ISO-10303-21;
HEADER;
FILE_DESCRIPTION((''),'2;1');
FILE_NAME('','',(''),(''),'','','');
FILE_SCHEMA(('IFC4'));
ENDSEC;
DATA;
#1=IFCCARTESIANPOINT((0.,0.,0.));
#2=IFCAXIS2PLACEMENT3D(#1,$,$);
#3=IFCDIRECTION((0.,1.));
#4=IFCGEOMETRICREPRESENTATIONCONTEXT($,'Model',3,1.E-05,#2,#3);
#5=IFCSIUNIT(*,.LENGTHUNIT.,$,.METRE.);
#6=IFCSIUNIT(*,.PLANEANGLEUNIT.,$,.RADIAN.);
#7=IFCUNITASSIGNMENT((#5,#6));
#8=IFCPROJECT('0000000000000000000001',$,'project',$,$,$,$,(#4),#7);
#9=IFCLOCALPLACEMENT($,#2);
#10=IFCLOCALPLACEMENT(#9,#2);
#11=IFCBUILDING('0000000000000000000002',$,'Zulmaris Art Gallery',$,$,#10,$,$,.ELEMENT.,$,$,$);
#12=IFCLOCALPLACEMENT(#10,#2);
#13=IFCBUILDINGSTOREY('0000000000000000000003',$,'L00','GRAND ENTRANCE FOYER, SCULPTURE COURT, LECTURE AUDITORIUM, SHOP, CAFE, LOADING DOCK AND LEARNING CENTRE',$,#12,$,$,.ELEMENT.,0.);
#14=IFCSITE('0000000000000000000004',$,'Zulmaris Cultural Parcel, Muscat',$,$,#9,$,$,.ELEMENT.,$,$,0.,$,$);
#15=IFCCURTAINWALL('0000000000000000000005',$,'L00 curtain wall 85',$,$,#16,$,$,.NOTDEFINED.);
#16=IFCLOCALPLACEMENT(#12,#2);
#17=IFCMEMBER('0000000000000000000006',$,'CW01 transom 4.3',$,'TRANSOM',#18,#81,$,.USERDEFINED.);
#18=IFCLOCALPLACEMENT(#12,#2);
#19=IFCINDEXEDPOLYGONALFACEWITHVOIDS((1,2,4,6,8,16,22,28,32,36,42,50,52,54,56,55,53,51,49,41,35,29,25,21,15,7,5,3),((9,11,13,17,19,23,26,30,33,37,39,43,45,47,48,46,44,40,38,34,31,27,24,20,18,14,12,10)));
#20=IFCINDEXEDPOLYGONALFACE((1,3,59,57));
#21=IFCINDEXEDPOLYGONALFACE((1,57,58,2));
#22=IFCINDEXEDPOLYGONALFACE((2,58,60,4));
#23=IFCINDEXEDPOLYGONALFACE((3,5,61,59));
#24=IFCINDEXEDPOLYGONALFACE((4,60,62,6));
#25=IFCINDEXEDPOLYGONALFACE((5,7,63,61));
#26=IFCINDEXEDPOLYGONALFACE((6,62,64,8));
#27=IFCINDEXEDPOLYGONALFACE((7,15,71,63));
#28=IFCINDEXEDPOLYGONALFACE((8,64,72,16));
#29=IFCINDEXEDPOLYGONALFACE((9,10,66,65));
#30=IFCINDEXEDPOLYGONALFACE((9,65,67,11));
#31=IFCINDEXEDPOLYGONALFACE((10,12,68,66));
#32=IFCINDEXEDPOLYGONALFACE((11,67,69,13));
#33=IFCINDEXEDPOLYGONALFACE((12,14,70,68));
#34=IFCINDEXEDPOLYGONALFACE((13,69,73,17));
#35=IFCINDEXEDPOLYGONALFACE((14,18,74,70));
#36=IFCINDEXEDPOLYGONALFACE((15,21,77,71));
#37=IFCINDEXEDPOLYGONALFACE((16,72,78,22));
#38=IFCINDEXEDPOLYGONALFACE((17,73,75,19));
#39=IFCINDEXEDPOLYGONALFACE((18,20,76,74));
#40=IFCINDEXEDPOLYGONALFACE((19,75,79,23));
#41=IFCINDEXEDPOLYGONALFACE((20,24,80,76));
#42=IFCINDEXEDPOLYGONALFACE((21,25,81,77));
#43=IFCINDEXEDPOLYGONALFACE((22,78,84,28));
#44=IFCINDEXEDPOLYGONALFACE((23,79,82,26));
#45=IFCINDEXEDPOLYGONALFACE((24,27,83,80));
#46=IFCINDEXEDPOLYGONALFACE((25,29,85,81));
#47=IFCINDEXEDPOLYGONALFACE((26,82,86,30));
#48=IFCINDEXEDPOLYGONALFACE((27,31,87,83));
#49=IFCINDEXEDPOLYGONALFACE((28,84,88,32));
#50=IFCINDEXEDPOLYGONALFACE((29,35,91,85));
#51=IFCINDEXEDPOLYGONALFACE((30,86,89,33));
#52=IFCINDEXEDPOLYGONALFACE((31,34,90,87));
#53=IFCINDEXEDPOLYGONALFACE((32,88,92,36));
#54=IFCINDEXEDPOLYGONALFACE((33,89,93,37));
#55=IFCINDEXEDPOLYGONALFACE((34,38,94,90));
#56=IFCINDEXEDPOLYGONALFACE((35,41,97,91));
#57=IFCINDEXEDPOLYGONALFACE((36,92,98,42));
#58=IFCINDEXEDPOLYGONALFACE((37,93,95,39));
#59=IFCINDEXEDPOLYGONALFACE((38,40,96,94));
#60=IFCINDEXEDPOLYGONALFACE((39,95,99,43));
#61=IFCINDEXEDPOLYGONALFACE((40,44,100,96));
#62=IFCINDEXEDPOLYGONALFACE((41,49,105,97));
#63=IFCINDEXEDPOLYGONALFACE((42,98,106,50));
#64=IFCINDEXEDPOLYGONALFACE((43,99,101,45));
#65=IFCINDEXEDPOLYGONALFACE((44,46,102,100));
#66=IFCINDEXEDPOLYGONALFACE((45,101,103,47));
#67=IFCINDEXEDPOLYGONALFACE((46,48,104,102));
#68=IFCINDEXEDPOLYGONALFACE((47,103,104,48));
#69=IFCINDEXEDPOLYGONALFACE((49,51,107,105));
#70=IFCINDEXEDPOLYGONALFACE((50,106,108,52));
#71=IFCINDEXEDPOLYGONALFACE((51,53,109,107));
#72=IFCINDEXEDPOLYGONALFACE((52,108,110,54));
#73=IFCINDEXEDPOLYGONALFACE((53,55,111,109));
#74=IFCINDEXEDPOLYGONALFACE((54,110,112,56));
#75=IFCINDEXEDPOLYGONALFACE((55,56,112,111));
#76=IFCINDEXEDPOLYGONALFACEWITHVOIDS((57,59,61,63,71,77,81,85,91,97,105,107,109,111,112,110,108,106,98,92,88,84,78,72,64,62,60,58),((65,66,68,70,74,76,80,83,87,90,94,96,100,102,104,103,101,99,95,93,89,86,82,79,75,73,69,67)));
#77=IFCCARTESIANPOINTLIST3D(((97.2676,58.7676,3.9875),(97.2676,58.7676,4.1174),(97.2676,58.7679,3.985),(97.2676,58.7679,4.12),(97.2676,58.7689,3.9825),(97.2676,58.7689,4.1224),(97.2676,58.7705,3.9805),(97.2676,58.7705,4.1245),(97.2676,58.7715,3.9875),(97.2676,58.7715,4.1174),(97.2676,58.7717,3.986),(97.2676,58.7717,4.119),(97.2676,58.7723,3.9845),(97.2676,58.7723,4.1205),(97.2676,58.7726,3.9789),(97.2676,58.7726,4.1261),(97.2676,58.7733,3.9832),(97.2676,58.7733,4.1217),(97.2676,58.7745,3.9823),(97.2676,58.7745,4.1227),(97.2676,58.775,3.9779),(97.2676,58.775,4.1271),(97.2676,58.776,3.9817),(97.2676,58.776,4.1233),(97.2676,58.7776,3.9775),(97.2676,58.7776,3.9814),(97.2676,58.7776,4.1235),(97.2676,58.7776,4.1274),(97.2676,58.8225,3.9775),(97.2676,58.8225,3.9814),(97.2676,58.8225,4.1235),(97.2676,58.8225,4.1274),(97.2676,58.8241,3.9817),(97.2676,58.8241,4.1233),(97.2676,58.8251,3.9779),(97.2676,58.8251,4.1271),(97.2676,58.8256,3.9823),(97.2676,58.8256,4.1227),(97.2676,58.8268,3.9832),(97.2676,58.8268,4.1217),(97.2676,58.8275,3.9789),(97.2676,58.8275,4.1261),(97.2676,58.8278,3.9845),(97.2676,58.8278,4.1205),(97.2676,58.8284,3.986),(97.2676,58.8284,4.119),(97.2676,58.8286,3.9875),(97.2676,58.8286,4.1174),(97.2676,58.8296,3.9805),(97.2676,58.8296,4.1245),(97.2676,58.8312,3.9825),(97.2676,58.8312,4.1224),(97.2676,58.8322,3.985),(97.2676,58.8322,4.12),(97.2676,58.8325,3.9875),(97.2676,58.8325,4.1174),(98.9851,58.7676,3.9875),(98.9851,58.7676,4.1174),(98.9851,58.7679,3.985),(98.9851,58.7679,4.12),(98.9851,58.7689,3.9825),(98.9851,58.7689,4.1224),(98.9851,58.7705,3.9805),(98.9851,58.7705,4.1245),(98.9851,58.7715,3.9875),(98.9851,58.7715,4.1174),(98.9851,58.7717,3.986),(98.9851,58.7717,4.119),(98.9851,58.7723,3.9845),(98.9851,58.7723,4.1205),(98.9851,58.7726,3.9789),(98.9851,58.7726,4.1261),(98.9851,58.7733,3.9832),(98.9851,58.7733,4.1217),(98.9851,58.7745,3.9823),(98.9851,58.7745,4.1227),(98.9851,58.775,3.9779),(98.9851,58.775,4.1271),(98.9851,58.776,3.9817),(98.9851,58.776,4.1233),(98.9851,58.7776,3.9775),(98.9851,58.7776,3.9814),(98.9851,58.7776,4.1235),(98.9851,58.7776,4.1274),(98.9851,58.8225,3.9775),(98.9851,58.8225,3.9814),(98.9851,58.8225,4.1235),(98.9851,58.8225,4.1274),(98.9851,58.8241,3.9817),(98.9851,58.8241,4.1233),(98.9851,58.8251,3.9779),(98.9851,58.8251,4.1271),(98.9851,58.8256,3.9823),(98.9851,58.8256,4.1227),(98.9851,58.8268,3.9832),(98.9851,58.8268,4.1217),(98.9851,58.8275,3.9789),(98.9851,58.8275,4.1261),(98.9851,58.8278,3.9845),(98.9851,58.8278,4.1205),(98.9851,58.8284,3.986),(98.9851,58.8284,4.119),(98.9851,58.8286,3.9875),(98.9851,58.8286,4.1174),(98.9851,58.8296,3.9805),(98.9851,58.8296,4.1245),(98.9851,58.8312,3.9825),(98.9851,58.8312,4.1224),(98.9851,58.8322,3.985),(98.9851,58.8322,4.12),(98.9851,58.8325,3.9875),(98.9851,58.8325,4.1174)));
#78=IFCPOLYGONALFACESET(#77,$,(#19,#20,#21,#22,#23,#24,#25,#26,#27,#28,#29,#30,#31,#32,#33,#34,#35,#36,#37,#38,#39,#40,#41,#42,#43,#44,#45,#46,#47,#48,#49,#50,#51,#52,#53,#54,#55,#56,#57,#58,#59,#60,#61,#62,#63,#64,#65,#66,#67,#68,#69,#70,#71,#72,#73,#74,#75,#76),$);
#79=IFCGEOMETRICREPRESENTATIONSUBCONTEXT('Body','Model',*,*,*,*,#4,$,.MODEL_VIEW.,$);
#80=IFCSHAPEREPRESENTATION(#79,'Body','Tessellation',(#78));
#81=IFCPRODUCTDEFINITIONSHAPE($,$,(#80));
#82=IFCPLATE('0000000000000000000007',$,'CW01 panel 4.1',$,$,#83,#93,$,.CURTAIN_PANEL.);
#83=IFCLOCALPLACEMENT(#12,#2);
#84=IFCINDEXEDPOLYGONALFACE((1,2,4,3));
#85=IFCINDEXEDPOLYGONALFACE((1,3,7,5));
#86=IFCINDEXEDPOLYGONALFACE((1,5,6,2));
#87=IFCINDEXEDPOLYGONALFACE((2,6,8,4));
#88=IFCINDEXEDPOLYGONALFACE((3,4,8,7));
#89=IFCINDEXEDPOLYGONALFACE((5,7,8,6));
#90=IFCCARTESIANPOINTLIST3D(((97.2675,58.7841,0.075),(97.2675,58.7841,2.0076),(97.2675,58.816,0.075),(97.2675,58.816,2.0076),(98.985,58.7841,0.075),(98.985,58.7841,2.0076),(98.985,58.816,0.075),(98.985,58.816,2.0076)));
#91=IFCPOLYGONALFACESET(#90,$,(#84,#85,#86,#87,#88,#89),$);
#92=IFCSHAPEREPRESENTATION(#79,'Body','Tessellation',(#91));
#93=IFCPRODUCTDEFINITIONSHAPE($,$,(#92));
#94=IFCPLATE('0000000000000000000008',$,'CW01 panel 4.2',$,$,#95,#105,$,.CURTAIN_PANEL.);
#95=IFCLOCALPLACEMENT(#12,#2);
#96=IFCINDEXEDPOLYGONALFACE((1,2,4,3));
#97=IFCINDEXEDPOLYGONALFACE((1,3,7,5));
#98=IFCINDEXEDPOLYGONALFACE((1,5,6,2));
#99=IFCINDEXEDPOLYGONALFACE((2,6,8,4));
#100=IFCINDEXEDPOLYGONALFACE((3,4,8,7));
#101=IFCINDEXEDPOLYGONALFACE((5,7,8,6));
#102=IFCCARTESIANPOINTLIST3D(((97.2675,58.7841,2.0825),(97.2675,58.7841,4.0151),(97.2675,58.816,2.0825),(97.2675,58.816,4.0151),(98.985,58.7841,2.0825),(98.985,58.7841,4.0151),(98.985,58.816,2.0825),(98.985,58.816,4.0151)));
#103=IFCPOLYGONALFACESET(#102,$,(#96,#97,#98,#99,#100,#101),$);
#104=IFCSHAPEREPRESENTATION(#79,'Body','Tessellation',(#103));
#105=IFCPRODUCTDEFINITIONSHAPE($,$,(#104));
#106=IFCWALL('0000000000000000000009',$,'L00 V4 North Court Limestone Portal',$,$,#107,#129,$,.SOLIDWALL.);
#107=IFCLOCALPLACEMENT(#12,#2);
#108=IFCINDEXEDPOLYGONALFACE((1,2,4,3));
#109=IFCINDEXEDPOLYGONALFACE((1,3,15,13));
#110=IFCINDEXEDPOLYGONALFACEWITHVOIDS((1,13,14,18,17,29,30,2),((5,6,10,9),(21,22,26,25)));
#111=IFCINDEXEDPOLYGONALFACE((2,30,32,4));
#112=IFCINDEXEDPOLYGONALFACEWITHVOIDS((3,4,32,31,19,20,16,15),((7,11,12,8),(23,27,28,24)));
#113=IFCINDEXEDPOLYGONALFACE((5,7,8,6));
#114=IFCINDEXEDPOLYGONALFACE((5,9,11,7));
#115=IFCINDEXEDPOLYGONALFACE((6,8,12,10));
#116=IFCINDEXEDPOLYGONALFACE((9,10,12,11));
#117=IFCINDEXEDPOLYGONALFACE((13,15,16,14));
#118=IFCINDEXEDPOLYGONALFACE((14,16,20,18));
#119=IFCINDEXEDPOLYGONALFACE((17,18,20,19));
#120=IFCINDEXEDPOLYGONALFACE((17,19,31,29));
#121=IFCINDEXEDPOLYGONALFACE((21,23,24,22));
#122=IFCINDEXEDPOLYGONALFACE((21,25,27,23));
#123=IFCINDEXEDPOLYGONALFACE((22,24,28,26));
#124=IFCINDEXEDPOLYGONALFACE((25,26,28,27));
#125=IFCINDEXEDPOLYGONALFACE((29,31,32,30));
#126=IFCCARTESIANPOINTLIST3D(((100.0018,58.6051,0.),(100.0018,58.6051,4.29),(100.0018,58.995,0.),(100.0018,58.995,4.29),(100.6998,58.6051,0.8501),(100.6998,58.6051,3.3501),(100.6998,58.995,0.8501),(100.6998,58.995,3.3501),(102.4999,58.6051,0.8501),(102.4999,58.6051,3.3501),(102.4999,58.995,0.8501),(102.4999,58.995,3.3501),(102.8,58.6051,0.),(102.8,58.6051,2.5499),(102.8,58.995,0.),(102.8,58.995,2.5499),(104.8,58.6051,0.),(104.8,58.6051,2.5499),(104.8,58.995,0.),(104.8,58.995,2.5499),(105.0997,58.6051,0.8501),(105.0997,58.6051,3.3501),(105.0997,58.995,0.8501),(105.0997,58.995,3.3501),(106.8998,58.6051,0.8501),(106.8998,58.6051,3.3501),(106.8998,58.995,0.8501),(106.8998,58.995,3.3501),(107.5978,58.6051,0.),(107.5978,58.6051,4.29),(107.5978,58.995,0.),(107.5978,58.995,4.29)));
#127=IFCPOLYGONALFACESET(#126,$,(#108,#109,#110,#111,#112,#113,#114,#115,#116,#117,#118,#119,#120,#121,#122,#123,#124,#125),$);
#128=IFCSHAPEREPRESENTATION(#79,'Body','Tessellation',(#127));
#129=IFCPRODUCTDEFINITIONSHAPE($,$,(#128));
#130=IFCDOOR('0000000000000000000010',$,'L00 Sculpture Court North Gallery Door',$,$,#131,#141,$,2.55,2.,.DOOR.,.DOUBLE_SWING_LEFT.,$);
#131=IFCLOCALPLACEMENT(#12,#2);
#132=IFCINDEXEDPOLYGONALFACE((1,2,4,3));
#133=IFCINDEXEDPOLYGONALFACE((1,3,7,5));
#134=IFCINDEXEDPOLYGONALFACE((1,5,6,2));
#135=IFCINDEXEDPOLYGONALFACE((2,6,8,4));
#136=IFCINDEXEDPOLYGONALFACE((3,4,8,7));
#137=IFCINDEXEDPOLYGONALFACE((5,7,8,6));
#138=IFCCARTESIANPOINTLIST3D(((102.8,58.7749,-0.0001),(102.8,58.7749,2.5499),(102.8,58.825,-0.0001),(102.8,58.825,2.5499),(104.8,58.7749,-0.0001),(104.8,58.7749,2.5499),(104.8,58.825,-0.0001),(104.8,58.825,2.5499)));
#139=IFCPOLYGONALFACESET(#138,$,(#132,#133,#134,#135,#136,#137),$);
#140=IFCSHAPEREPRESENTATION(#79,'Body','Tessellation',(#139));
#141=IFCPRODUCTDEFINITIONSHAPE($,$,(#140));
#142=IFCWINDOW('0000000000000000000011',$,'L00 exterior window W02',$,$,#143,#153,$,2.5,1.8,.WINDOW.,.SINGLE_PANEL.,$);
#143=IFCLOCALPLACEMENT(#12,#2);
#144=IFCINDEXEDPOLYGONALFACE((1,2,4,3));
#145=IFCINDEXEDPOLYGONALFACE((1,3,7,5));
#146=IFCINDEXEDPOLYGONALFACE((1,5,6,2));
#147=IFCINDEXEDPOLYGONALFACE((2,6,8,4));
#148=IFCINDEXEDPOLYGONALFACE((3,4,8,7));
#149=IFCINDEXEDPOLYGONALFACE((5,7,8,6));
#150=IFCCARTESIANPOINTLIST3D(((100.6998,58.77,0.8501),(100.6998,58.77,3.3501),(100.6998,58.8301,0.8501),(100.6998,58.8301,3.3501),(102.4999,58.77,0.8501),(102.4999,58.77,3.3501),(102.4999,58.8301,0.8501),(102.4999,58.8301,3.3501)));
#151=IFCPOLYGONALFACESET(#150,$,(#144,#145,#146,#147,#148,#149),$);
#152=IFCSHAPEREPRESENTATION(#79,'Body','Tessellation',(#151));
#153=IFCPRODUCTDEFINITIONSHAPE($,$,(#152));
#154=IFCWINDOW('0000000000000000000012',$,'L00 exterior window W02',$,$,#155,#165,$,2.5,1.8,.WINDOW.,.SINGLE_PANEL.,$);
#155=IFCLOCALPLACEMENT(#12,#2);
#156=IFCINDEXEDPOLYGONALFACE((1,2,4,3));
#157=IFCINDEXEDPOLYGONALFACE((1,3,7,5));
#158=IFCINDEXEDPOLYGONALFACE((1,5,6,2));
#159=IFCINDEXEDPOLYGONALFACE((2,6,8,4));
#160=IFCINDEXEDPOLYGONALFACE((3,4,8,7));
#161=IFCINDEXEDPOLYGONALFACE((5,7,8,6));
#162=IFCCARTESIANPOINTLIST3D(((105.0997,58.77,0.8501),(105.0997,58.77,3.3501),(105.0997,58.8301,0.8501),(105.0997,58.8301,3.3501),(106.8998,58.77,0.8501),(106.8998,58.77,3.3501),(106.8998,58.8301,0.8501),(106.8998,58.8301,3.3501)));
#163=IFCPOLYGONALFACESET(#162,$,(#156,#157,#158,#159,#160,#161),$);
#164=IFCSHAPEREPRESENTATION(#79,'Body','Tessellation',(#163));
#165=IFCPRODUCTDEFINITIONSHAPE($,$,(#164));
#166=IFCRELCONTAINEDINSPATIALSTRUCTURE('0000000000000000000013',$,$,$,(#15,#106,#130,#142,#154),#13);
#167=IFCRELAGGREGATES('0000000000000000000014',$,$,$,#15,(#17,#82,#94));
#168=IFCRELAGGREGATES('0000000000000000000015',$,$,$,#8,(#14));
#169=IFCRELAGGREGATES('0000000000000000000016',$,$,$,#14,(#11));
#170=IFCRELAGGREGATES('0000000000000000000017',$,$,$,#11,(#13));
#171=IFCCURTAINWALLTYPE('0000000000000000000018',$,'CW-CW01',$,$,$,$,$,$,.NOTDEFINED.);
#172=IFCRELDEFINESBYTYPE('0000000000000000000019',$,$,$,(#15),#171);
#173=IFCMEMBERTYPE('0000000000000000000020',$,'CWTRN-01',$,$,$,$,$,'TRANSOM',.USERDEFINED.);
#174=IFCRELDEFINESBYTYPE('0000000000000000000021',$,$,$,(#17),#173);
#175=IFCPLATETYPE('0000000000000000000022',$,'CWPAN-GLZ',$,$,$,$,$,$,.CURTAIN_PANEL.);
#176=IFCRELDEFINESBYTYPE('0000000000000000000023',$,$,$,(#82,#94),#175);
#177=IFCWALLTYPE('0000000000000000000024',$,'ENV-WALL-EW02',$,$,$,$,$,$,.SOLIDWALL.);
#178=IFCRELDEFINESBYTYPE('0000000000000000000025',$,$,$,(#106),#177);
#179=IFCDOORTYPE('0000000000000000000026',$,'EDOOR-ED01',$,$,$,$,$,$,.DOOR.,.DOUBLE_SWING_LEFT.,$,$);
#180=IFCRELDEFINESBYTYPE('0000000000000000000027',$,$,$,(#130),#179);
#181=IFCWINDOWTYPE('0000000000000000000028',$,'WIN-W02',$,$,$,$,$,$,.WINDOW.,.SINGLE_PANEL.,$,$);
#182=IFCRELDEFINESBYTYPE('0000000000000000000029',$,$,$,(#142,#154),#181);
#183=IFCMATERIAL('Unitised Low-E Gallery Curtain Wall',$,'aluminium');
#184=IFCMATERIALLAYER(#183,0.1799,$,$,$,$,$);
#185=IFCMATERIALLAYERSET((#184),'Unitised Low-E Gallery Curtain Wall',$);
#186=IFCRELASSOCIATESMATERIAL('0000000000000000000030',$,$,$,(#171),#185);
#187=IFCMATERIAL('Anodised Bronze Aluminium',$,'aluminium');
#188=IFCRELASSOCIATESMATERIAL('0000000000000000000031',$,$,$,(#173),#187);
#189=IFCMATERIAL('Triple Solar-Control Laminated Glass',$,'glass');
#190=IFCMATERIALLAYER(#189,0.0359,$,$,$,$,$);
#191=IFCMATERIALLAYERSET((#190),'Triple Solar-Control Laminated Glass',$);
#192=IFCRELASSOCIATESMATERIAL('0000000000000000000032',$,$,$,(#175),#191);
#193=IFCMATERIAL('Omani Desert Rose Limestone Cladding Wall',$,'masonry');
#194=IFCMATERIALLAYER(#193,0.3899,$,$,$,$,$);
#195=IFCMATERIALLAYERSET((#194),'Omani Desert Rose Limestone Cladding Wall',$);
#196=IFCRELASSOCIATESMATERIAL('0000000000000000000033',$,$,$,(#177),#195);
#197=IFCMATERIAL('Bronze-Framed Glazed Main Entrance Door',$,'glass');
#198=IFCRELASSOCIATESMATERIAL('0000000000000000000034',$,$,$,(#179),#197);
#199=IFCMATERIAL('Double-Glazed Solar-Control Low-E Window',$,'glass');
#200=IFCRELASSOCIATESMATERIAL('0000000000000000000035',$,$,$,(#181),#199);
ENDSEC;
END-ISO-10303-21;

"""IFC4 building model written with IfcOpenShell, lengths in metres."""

from ifc_helpers import new_model, si_unit, direction, frame, frame_2d, origin, origin_2d, place, context, subcontext, project, spatial, rectangle, hollow_rectangle, extrude, material, layer, layer_set, material_profile, profile_set, type_object, element, fill, aggregate, save


model = new_model("IFC4")

# Units and contexts
model_context = context("Model", 3, precision=1e-05, world=origin(), true_north=direction((0.0, 1.0)))
body_context = subcontext(model_context, "Body", "Model", "MODEL_VIEW")
ifc_project = project(units=[si_unit("LENGTHUNIT", "METRE"), si_unit("PLANEANGLEUNIT", "RADIAN")], contexts=[model_context])

# Site, building, storey
site_placement = place(None, origin())
site = spatial("IfcSite", under=ifc_project, at=site_placement, Name="Zulmaris Cultural Parcel, Muscat", CompositionType="ELEMENT", RefElevation=0.0)
building_placement = place(site_placement, origin())
building = spatial("IfcBuilding", under=site, at=building_placement, Name="Zulmaris Art Gallery", CompositionType="ELEMENT")
storey_placement = place(building_placement, origin())
storey = spatial("IfcBuildingStorey", under=building, at=storey_placement, Name="L00", Description="GRAND ENTRANCE FOYER, SCULPTURE COURT, LECTURE AUDITORIUM, SHOP, CAFE, LOADING DOCK AND LEARNING CENTRE", CompositionType="ELEMENT", Elevation=0.0)

# Curtain wall, member, plates
ifc_material_1 = material(Name="Unitised Low-E Gallery Curtain Wall", Category="aluminium")
ifc_layer_1 = layer(ifc_material_1, 0.1799)
ifc_layer_set_1 = layer_set([ifc_layer_1], Name="Unitised Low-E Gallery Curtain Wall")
curtain_wall_type = type_object("IfcCurtainWallType", Name="CW-CW01", PredefinedType="NOTDEFINED", material=ifc_layer_set_1)
curtain_wall_placement = place(storey_placement, origin())
curtain_wall = element("IfcCurtainWall", 1, at=curtain_wall_placement, inside=storey, type_object=curtain_wall_type, Name="L00 curtain wall 85", PredefinedType="NOTDEFINED")
ifc_material_2 = material(Name="Anodised Bronze Aluminium", Category="aluminium")
ifc_material_profile_1 = material_profile(ifc_material_2, hollow_rectangle(XDim=0.0649, YDim=0.1499, WallThickness=0.0039, InnerFilletRadius=0.0061, OuterFilletRadius=0.01, at=origin_2d()), Name="ALU 65x150x4")
ifc_profile_set_1 = profile_set([ifc_material_profile_1], Name="Anodised Bronze Aluminium")
member_type_1 = type_object("IfcMemberType", Name="CWTRN-01", ElementType="TRANSOM", PredefinedType="USERDEFINED", material=ifc_profile_set_1)
member_1_placement = place(storey_placement, frame((97.2676, 58.8, 4.0525), z_axis=(1.0, 0.0, 0.0), x_axis=(0.0, 1.0, 0.0)))
member_1 = element("IfcMember", 2, at=member_1_placement, type_object=member_type_1, Name="CW01 transom 4.3", ObjectType="TRANSOM", PredefinedType="USERDEFINED", context=body_context, shape_type="SweptSolid", body=[
    extrude(hollow_rectangle(XDim=0.0649, YDim=0.1499, WallThickness=0.0039, InnerFilletRadius=0.0061, OuterFilletRadius=0.01, at=origin_2d()), origin(), (0.0, 0.0, 1.0), 1.7175),
])
ifc_material_3 = material(Name="Triple Solar-Control Laminated Glass", Category="glass")
ifc_layer_2 = layer(ifc_material_3, 0.0359)
ifc_layer_set_2 = layer_set([ifc_layer_2], Name="Triple Solar-Control Laminated Glass")
plate_type = type_object("IfcPlateType", Name="CWPAN-GLZ", PredefinedType="CURTAIN_PANEL", material=ifc_layer_set_2)
plate_1_placement = place(storey_placement, frame((98.1262, 58.8, 0.075), z_axis=(0.0, 0.0, 1.0), x_axis=(1.0, 0.0, 0.0)))
plate_1 = element("IfcPlate", 3, at=plate_1_placement, type_object=plate_type, Name="CW01 panel 4.1", PredefinedType="CURTAIN_PANEL", context=body_context, shape_type="SweptSolid", body=[
    extrude(rectangle(XDim=1.7175, YDim=0.032, at=origin_2d()), origin(), (0.0, 0.0, 1.0), 1.9326),
])
plate_2_placement = place(storey_placement, frame((98.1262, 58.8, 2.0825), z_axis=(0.0, 0.0, 1.0), x_axis=(1.0, 0.0, 0.0)))
plate_2 = element("IfcPlate", 4, at=plate_2_placement, type_object=plate_type, Name="CW01 panel 4.2", PredefinedType="CURTAIN_PANEL", context=body_context, shape_type="SweptSolid", body=[
    extrude(rectangle(XDim=1.7175, YDim=0.032, at=origin_2d()), origin(), (0.0, 0.0, 1.0), 1.9326),
])
aggregate(curtain_wall, [member_1, plate_1, plate_2])

# Wall, openings, door, windows
ifc_material_4 = material(Name="Omani Desert Rose Limestone Cladding Wall", Category="masonry")
ifc_layer_3 = layer(ifc_material_4, 0.3899)
ifc_layer_set_3 = layer_set([ifc_layer_3], Name="Omani Desert Rose Limestone Cladding Wall")
wall_type_1 = type_object("IfcWallType", Name="ENV-WALL-EW02", PredefinedType="SOLIDWALL", material=ifc_layer_set_3)
wall_1_placement = place(storey_placement, frame((100.002, 58.8, 0.0), z_axis=(0.0, 0.0, 1.0), x_axis=(1.0, 0.0, 0.0)))
wall_1 = element("IfcWall", 5, at=wall_1_placement, inside=storey, type_object=wall_type_1, Name="L00 V4 North Court Limestone Portal", PredefinedType="SOLIDWALL", context=body_context, shape_type="SweptSolid", body=[
    extrude(rectangle(XDim=7.5959, YDim=0.3899, at=frame_2d((3.7979, 0.0))), origin(), (0.0, 0.0, 1.0), 4.29),
])
opening_1_placement = place(wall_1_placement, frame((0.698, 0.0, 0.8501)))
opening_1 = element("IfcOpeningElement", 6, at=opening_1_placement, cuts=wall_1, PredefinedType="OPENING", context=body_context, shape_type="SweptSolid", body=[
    extrude(rectangle(XDim=1.8, YDim=2.5, at=frame_2d((0.8999, 1.25))), frame((0.0, 0.2048, 0.0), z_axis=(0.0, -1.0, 0.0), x_axis=(1.0, 0.0, 0.0)), (0.0, 0.0, 1.0), 0.4099),
])
opening_2_placement = place(wall_1_placement, frame((5.0979, 0.0, 0.8501)))
opening_2 = element("IfcOpeningElement", 7, at=opening_2_placement, cuts=wall_1, PredefinedType="OPENING", context=body_context, shape_type="SweptSolid", body=[
    extrude(rectangle(XDim=1.8, YDim=2.5, at=frame_2d((0.8999, 1.25))), frame((0.0, 0.2048, 0.0), z_axis=(0.0, -1.0, 0.0), x_axis=(1.0, 0.0, 0.0)), (0.0, 0.0, 1.0), 0.4099),
])
opening_3_placement = place(wall_1_placement, frame((2.7981, 0.0, 0.0)))
opening_3 = element("IfcOpeningElement", 8, at=opening_3_placement, cuts=wall_1, PredefinedType="OPENING", context=body_context, shape_type="SweptSolid", body=[
    extrude(rectangle(XDim=2.0, YDim=2.55, at=frame_2d((1.0, 1.2749))), frame((0.0, 0.2048, 0.0), z_axis=(0.0, -1.0, 0.0), x_axis=(1.0, 0.0, 0.0)), (0.0, 0.0, 1.0), 0.4099),
])
ifc_material_5 = material(Name="Bronze-Framed Glazed Main Entrance Door", Category="glass")
door_type = type_object("IfcDoorType", Name="EDOOR-ED01", OperationType="DOUBLE_SWING_LEFT", PredefinedType="DOOR", material=ifc_material_5)
door_placement = place(opening_3_placement, origin())
door = element("IfcDoor", 9, at=door_placement, inside=storey, type_object=door_type, Name="L00 Sculpture Court North Gallery Door", OperationType="DOUBLE_SWING_LEFT", OverallHeight=2.55, OverallWidth=2.0, PredefinedType="DOOR", context=body_context, shape_type="SweptSolid", body=[
    extrude(rectangle(XDim=2.0, YDim=2.55, at=frame_2d((1.0, 1.2749))), frame((0.0, 0.0249, 0.0), z_axis=(0.0, -1.0, 0.0), x_axis=(1.0, 0.0, 0.0)), (0.0, 0.0, 1.0), 0.05),
])
fill(opening_3, door)
ifc_material_6 = material(Name="Double-Glazed Solar-Control Low-E Window", Category="glass")
window_type = type_object("IfcWindowType", Name="WIN-W02", PartitioningType="SINGLE_PANEL", PredefinedType="WINDOW", material=ifc_material_6)
window_1_placement = place(opening_1_placement, origin())
window_1 = element("IfcWindow", 10, at=window_1_placement, inside=storey, type_object=window_type, Name="L00 exterior window W02", OverallHeight=2.5, OverallWidth=1.8, PartitioningType="SINGLE_PANEL", PredefinedType="WINDOW", context=body_context, shape_type="SweptSolid", body=[
    extrude(rectangle(XDim=1.8, YDim=2.5, at=frame_2d((0.8999, 1.25))), frame((0.0, 0.03, 0.0), z_axis=(0.0, -1.0, 0.0), x_axis=(1.0, 0.0, 0.0)), (0.0, 0.0, 1.0), 0.0601),
])
fill(opening_1, window_1)
window_2_placement = place(opening_2_placement, origin())
window_2 = element("IfcWindow", 11, at=window_2_placement, inside=storey, type_object=window_type, Name="L00 exterior window W02", OverallHeight=2.5, OverallWidth=1.8, PartitioningType="SINGLE_PANEL", PredefinedType="WINDOW", context=body_context, shape_type="SweptSolid", body=[
    extrude(rectangle(XDim=1.8, YDim=2.5, at=frame_2d((0.8999, 1.25))), frame((0.0, 0.03, 0.0), z_axis=(0.0, -1.0, 0.0), x_axis=(1.0, 0.0, 0.0)), (0.0, 0.0, 1.0), 0.0601),
])
fill(opening_2, window_2)

save(model, "model.ifc")
